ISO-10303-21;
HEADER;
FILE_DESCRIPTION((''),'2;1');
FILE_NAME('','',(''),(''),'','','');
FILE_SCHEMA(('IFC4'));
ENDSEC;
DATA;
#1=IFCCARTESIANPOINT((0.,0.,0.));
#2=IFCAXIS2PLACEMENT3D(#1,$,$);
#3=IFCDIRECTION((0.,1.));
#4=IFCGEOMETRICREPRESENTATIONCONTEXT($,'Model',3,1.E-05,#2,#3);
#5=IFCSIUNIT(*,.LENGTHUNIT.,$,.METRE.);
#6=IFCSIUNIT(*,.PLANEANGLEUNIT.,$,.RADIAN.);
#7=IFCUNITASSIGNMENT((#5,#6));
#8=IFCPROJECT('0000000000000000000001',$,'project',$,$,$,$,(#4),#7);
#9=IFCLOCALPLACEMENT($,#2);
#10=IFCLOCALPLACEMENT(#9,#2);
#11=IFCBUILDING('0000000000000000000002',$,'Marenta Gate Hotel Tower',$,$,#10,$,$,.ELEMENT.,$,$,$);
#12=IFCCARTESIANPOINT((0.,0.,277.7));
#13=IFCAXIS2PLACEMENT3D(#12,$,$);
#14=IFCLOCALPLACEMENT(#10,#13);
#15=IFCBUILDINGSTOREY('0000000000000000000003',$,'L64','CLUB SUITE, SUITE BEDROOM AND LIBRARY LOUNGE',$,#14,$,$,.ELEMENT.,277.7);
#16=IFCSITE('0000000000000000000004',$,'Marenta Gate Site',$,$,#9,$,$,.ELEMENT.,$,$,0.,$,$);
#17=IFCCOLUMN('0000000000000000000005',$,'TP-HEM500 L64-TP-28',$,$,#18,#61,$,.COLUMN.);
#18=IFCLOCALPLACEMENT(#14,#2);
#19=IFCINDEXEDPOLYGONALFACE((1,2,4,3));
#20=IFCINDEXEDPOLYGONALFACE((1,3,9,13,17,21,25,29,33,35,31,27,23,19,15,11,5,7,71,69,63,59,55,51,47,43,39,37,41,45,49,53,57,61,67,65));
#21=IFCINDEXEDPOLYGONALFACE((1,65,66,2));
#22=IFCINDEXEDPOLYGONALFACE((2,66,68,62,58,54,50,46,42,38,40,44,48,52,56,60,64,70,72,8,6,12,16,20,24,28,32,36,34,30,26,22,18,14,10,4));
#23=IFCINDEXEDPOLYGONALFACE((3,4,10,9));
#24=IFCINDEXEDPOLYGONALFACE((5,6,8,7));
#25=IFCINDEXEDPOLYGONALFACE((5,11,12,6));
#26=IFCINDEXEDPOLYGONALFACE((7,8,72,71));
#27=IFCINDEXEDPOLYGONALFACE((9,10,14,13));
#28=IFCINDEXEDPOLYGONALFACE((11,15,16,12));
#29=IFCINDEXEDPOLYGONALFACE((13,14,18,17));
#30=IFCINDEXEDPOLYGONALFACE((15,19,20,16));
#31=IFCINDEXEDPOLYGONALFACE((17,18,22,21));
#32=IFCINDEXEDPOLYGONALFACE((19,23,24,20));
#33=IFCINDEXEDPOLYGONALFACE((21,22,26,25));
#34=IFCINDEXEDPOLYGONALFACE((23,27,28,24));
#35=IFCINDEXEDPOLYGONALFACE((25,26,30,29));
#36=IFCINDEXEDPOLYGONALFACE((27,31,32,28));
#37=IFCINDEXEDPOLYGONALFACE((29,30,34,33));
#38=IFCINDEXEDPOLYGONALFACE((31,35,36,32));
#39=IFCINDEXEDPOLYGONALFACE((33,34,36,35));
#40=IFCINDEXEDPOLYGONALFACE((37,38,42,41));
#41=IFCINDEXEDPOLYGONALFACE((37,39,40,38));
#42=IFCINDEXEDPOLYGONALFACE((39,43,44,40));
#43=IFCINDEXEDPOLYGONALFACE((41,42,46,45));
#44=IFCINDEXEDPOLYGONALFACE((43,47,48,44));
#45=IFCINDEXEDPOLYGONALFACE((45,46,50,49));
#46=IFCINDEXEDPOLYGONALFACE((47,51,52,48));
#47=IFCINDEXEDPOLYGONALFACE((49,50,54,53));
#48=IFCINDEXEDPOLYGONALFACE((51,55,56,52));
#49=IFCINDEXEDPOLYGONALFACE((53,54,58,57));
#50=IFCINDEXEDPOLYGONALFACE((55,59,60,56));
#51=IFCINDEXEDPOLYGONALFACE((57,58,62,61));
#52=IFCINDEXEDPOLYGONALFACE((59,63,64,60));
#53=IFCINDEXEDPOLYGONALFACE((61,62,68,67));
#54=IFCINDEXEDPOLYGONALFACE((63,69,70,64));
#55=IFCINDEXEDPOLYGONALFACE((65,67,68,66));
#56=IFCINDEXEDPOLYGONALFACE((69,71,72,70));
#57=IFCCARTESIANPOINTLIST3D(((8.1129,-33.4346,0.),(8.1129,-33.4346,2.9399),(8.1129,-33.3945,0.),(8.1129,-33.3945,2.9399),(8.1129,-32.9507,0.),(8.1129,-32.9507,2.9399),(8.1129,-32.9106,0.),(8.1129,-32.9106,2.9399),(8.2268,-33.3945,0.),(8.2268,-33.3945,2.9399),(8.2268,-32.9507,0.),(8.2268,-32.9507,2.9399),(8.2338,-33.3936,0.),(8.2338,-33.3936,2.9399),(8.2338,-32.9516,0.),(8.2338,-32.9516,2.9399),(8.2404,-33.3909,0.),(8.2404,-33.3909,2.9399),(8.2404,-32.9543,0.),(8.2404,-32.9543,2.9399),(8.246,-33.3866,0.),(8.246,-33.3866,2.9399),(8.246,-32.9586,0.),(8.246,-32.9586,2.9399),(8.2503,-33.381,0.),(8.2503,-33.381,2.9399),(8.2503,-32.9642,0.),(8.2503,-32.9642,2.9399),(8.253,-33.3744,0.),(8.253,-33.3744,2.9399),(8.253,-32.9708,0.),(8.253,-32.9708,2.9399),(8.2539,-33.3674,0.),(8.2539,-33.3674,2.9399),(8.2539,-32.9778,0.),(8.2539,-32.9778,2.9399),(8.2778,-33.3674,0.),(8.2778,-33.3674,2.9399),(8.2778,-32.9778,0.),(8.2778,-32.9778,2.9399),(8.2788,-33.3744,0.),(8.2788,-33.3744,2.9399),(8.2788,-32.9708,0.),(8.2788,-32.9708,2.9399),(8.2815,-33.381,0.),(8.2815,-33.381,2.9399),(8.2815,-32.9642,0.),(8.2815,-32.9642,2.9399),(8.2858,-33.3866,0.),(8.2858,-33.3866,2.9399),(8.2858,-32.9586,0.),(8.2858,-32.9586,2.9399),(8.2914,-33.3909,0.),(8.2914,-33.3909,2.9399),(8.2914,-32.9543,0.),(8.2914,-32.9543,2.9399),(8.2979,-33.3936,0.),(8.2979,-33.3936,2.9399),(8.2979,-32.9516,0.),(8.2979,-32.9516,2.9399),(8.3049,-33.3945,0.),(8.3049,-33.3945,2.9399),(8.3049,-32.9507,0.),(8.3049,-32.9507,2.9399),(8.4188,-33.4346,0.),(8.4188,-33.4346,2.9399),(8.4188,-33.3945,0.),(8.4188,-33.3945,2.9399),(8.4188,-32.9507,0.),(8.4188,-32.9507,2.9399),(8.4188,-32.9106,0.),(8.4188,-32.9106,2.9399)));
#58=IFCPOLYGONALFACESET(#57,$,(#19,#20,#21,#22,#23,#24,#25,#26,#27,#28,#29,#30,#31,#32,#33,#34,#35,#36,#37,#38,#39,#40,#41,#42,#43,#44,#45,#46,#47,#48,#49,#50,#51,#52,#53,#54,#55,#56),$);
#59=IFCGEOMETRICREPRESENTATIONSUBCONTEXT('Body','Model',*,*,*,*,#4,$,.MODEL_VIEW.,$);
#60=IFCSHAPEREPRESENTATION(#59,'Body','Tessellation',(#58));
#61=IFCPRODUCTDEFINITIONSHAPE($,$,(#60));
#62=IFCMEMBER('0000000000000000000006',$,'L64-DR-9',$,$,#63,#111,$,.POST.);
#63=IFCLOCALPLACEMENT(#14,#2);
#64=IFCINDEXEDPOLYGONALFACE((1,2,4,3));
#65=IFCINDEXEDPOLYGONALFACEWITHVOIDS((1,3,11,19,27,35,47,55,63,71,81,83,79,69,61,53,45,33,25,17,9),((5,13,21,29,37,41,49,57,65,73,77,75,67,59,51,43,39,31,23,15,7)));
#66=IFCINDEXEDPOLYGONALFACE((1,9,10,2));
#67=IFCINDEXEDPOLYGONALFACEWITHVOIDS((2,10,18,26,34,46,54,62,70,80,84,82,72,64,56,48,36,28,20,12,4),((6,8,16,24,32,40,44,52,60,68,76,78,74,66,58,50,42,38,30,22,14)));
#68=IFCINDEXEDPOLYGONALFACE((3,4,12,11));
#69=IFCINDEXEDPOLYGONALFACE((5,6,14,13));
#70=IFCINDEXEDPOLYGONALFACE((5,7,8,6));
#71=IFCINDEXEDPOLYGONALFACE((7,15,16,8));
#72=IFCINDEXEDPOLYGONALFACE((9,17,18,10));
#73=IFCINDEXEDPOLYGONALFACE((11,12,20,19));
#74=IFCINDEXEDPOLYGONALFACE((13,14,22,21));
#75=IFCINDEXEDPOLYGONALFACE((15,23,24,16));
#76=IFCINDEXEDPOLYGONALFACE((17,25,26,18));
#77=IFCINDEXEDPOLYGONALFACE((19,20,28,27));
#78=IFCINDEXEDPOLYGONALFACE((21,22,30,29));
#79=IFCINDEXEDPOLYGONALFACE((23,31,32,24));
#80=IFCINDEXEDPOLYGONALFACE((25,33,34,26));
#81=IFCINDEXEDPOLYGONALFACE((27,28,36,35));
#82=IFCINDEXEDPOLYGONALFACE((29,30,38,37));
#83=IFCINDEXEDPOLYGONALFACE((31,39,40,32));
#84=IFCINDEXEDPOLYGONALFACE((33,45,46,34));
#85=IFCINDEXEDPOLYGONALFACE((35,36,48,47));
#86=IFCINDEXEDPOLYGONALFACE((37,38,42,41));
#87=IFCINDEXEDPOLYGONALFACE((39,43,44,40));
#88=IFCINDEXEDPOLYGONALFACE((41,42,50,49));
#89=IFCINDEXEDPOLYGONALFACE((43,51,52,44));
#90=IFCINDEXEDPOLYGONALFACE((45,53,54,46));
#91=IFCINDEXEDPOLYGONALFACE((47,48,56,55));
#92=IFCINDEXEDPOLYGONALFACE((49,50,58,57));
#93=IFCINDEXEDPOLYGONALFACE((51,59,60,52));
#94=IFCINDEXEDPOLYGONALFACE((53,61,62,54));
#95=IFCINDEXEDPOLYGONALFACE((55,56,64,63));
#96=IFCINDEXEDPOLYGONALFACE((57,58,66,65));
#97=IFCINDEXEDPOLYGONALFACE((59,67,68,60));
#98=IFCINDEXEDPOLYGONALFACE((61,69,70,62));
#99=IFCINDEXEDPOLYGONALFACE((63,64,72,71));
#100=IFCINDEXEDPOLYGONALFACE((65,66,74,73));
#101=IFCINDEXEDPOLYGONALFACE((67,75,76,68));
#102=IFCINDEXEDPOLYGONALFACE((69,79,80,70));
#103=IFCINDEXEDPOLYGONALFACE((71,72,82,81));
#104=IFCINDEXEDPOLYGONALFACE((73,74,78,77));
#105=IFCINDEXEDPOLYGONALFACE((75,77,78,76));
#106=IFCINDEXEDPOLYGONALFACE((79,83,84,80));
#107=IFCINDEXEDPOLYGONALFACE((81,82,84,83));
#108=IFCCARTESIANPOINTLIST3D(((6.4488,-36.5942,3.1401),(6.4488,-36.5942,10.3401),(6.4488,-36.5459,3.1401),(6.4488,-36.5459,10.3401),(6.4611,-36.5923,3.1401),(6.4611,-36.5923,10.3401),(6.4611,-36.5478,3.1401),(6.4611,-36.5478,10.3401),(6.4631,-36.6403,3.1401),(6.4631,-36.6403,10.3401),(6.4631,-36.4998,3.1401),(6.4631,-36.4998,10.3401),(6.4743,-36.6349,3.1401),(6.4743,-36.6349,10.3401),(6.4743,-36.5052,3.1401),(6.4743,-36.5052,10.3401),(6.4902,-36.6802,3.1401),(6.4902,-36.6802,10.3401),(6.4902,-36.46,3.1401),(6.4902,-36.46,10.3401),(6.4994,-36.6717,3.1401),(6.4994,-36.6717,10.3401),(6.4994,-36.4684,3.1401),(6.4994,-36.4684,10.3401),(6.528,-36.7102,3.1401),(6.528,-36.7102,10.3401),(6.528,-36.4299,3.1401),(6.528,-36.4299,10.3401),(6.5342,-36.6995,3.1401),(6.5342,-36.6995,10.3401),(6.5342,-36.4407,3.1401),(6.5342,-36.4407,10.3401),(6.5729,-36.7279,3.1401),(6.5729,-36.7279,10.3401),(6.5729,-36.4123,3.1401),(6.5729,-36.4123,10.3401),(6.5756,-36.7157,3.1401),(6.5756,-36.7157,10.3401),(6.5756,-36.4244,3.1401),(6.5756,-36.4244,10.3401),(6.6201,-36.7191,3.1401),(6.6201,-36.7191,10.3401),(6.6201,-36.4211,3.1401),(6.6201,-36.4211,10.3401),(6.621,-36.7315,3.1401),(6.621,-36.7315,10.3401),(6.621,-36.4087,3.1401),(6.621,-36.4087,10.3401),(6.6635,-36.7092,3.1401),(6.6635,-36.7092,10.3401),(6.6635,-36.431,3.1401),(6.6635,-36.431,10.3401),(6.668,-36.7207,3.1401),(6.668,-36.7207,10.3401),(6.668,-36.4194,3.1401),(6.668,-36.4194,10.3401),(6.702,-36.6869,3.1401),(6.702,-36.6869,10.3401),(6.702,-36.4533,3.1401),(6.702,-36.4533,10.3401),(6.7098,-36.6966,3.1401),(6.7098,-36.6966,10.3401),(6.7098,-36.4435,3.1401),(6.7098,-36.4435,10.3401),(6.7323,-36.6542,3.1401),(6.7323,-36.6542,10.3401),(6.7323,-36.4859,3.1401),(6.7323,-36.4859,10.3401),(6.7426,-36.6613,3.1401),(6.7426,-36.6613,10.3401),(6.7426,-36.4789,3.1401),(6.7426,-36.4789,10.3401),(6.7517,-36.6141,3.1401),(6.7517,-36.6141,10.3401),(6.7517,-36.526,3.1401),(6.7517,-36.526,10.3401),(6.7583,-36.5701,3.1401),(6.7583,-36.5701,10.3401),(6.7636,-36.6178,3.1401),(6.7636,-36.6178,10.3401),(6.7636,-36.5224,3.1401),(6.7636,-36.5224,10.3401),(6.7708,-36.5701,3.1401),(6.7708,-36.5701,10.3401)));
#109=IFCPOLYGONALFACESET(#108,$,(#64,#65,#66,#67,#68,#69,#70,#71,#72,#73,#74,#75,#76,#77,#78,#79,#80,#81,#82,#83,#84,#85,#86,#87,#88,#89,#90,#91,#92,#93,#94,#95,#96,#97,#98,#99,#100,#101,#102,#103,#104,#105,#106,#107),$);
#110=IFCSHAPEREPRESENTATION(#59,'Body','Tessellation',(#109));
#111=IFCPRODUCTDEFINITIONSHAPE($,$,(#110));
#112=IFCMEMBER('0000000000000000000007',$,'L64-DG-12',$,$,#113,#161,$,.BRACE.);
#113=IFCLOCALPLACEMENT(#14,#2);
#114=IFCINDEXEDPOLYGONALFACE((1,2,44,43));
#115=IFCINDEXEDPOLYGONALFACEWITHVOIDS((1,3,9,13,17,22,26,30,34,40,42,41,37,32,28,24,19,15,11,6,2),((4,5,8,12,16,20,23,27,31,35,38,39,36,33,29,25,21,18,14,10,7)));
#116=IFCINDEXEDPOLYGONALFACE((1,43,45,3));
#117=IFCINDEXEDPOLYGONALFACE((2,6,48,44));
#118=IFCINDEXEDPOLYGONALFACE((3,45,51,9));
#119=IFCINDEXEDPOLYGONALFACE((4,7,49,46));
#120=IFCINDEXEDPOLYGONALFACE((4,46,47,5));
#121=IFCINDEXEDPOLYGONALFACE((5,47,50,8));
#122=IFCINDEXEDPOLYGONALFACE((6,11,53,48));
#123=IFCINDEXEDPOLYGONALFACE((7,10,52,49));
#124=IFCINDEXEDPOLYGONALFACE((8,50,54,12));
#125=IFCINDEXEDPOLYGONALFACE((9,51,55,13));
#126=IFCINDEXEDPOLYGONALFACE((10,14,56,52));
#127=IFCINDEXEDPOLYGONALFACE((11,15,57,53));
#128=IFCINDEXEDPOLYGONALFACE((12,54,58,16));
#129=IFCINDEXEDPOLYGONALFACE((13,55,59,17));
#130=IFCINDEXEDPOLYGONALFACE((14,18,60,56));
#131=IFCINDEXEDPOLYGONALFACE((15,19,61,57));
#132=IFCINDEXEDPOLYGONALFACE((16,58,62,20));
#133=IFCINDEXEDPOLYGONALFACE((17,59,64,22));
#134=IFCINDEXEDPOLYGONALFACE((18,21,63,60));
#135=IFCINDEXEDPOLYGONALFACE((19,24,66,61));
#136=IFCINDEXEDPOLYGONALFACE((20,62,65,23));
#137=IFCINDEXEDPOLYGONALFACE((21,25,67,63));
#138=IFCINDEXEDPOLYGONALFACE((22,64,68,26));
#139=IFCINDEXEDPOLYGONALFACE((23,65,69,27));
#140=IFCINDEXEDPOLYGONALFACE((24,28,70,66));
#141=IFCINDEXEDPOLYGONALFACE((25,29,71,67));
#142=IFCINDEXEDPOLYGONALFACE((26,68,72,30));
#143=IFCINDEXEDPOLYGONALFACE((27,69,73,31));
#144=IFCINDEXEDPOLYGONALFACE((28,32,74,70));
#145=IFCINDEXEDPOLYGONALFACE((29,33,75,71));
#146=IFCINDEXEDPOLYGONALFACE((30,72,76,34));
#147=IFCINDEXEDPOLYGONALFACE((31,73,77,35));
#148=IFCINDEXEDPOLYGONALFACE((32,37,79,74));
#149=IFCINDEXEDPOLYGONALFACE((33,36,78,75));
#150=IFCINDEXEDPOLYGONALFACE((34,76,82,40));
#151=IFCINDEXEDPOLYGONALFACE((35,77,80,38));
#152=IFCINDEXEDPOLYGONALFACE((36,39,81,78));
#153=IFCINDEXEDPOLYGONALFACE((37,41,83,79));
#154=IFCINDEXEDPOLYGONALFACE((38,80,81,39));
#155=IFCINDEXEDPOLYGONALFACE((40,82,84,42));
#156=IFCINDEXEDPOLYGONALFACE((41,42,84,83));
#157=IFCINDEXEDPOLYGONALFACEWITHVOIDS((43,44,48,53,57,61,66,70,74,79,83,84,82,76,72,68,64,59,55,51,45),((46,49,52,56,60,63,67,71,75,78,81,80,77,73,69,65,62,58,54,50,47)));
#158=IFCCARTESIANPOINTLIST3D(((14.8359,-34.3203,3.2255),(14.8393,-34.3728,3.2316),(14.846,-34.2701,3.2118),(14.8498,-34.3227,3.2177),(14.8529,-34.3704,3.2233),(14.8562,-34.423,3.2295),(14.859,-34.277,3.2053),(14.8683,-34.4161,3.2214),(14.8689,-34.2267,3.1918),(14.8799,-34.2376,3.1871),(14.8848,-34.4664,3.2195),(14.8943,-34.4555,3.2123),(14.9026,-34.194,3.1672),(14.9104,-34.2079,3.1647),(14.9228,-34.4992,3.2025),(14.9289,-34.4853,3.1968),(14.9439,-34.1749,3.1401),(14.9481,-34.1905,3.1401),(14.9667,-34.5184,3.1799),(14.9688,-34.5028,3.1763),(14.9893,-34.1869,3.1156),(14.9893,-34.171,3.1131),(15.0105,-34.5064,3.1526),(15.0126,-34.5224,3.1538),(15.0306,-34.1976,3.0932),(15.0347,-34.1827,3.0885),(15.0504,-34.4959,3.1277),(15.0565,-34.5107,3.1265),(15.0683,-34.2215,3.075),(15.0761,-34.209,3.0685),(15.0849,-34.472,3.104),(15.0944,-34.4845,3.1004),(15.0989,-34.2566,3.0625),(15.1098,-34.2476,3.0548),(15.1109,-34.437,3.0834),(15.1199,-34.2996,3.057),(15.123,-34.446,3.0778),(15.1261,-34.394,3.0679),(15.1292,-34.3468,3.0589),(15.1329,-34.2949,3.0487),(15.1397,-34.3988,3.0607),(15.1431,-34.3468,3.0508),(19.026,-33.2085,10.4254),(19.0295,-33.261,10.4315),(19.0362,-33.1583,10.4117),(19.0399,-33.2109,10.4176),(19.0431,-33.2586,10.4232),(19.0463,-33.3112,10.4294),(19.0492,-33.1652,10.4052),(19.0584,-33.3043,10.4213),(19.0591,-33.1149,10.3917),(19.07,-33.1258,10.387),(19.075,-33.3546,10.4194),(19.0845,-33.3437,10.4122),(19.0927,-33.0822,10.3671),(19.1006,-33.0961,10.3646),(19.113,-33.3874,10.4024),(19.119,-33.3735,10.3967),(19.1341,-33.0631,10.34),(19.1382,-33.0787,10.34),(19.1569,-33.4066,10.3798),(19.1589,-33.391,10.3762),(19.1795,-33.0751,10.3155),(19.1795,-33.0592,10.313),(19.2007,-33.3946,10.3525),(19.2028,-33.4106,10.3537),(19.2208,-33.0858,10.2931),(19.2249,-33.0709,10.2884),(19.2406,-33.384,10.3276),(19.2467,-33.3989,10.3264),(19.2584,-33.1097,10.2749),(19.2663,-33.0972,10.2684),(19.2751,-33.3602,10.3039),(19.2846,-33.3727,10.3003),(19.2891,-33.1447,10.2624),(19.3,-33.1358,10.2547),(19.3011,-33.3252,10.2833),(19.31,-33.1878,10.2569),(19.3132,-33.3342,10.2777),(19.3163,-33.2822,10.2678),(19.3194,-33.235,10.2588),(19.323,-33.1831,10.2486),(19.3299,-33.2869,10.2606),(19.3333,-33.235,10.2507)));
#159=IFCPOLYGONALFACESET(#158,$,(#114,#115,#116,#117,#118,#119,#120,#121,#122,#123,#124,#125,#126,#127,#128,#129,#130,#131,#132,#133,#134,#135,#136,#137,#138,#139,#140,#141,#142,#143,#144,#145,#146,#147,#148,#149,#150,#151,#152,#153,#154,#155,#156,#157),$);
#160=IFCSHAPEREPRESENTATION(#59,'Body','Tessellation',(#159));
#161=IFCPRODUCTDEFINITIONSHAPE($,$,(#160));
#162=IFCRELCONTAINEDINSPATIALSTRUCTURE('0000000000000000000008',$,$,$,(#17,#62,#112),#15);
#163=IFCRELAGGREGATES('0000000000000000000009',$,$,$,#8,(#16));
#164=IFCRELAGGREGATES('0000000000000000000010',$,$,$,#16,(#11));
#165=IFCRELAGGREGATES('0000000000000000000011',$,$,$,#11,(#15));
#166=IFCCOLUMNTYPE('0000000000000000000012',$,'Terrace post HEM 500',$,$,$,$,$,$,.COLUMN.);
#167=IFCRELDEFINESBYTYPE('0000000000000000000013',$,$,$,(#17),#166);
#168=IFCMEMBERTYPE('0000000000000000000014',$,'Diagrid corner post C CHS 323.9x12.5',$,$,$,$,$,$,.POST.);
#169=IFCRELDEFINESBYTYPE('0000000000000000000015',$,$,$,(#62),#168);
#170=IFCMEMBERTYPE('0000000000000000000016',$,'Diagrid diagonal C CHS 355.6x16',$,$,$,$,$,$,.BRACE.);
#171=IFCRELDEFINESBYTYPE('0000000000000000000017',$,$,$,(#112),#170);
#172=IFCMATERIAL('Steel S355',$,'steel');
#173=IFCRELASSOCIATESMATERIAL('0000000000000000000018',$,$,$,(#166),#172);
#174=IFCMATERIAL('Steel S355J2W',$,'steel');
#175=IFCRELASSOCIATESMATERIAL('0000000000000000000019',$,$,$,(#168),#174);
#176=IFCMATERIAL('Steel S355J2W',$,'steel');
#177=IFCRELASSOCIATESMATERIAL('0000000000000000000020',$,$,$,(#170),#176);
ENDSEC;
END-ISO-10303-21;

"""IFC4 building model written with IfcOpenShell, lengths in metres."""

from ifc_helpers import new_model, si_unit, direction, frame, origin, origin_2d, place, context, subcontext, project, spatial, hollow_circle, i_section, extrude, material, material_profile, profile_set, type_object, element, save


model = new_model("IFC4")

# Units and contexts
model_context = context("Model", 3, precision=1e-05, world=origin(), true_north=direction((0.0, 1.0)))
body_context = subcontext(model_context, "Body", "Model", "MODEL_VIEW")
ifc_project = project(units=[si_unit("LENGTHUNIT", "METRE"), si_unit("PLANEANGLEUNIT", "RADIAN")], contexts=[model_context])

# Site, building, storey
site_placement = place(None, origin())
site = spatial("IfcSite", under=ifc_project, at=site_placement, Name="Marenta Gate Site", CompositionType="ELEMENT", RefElevation=0.0)
building_placement = place(site_placement, origin())
building = spatial("IfcBuilding", under=site, at=building_placement, Name="Marenta Gate Hotel Tower", CompositionType="ELEMENT")
storey_placement = place(building_placement, frame((0.0, 0.0, 277.7)))
storey = spatial("IfcBuildingStorey", under=building, at=storey_placement, Name="L64", Description="CLUB SUITE, SUITE BEDROOM AND LIBRARY LOUNGE", CompositionType="ELEMENT", Elevation=277.7)

# Column
ifc_material_1 = material(Name="Steel S355", Category="steel")
ifc_material_profile_1 = material_profile(ifc_material_1, i_section(OverallWidth=0.3059, OverallDepth=0.5239, WebThickness=0.0239, FlangeThickness=0.04, FilletRadius=0.0271, at=origin_2d()), Name="HEM 500")
ifc_profile_set_1 = profile_set([ifc_material_profile_1], Name="Steel S355")
column_type = type_object("IfcColumnType", Name="Terrace post HEM 500", PredefinedType="COLUMN", material=ifc_profile_set_1)
column_placement = place(storey_placement, frame((8.2659, -33.1726, 0.0), z_axis=(0.0, 0.0, 1.0), x_axis=(1.0, 0.0, 0.0)))
element("IfcColumn", 1, at=column_placement, inside=storey, type_object=column_type, Name="TP-HEM500 L64-TP-28", PredefinedType="COLUMN", context=body_context, shape_type="SweptSolid", body=[
    extrude(i_section(OverallWidth=0.3059, OverallDepth=0.5239, WebThickness=0.0239, FlangeThickness=0.04, FilletRadius=0.0271, at=origin_2d()), origin(), (0.0, 0.0, 1.0), 2.9399),
])

# Members
ifc_material_2 = material(Name="Steel S355J2W", Category="steel")
ifc_material_profile_2 = material_profile(ifc_material_2, hollow_circle(Radius=0.1619, WallThickness=0.0125, at=origin_2d()), Name="CHS 323.9x12.5")
ifc_profile_set_2 = profile_set([ifc_material_profile_2], Name="Steel S355J2W")
member_type_1 = type_object("IfcMemberType", Name="Diagrid corner post C CHS 323.9x12.5", PredefinedType="POST", material=ifc_profile_set_2)
member_1_placement = place(storey_placement, frame((6.6089, -36.5701, 3.1401), z_axis=(0.0, 0.0, 1.0), x_axis=(1.0, 0.0, 0.0)))
element("IfcMember", 2, at=member_1_placement, inside=storey, type_object=member_type_1, Name="L64-DR-9", PredefinedType="POST", context=body_context, shape_type="SweptSolid", body=[
    extrude(hollow_circle(Radius=0.1619, WallThickness=0.0125, at=origin_2d()), origin(), (0.0, 0.0, 1.0), 7.2),
])
ifc_material_3 = material(Name="Steel S355J2W", Category="steel")
ifc_material_profile_3 = material_profile(ifc_material_3, hollow_circle(Radius=0.1777, WallThickness=0.0161, at=origin_2d()), Name="CHS 355.6x16")
ifc_profile_set_3 = profile_set([ifc_material_profile_3], Name="Steel S355J2W")
member_type_2 = type_object("IfcMemberType", Name="Diagrid diagonal C CHS 355.6x16", PredefinedType="BRACE", material=ifc_profile_set_3)
for number, where, z_axis, x_axis, name in (
    (3, (14.9895, -34.3467, 3.1401), (0.498573, 0.132291, 0.856693), (-0.256464, 0.966554, 0.0), "L64-DG-12"),
):
    element("IfcMember", number, at=place(storey_placement, frame(where, z_axis=z_axis, x_axis=x_axis)), inside=storey, type_object=member_type_2, Name=name, PredefinedType="BRACE", context=body_context, shape_type="SweptSolid", body=[
        extrude(hollow_circle(Radius=0.1777, WallThickness=0.0161, at=origin_2d()), origin(), (0.0, 0.0, 1.0), 8.4043),
    ])

save(model, "model.ifc")
